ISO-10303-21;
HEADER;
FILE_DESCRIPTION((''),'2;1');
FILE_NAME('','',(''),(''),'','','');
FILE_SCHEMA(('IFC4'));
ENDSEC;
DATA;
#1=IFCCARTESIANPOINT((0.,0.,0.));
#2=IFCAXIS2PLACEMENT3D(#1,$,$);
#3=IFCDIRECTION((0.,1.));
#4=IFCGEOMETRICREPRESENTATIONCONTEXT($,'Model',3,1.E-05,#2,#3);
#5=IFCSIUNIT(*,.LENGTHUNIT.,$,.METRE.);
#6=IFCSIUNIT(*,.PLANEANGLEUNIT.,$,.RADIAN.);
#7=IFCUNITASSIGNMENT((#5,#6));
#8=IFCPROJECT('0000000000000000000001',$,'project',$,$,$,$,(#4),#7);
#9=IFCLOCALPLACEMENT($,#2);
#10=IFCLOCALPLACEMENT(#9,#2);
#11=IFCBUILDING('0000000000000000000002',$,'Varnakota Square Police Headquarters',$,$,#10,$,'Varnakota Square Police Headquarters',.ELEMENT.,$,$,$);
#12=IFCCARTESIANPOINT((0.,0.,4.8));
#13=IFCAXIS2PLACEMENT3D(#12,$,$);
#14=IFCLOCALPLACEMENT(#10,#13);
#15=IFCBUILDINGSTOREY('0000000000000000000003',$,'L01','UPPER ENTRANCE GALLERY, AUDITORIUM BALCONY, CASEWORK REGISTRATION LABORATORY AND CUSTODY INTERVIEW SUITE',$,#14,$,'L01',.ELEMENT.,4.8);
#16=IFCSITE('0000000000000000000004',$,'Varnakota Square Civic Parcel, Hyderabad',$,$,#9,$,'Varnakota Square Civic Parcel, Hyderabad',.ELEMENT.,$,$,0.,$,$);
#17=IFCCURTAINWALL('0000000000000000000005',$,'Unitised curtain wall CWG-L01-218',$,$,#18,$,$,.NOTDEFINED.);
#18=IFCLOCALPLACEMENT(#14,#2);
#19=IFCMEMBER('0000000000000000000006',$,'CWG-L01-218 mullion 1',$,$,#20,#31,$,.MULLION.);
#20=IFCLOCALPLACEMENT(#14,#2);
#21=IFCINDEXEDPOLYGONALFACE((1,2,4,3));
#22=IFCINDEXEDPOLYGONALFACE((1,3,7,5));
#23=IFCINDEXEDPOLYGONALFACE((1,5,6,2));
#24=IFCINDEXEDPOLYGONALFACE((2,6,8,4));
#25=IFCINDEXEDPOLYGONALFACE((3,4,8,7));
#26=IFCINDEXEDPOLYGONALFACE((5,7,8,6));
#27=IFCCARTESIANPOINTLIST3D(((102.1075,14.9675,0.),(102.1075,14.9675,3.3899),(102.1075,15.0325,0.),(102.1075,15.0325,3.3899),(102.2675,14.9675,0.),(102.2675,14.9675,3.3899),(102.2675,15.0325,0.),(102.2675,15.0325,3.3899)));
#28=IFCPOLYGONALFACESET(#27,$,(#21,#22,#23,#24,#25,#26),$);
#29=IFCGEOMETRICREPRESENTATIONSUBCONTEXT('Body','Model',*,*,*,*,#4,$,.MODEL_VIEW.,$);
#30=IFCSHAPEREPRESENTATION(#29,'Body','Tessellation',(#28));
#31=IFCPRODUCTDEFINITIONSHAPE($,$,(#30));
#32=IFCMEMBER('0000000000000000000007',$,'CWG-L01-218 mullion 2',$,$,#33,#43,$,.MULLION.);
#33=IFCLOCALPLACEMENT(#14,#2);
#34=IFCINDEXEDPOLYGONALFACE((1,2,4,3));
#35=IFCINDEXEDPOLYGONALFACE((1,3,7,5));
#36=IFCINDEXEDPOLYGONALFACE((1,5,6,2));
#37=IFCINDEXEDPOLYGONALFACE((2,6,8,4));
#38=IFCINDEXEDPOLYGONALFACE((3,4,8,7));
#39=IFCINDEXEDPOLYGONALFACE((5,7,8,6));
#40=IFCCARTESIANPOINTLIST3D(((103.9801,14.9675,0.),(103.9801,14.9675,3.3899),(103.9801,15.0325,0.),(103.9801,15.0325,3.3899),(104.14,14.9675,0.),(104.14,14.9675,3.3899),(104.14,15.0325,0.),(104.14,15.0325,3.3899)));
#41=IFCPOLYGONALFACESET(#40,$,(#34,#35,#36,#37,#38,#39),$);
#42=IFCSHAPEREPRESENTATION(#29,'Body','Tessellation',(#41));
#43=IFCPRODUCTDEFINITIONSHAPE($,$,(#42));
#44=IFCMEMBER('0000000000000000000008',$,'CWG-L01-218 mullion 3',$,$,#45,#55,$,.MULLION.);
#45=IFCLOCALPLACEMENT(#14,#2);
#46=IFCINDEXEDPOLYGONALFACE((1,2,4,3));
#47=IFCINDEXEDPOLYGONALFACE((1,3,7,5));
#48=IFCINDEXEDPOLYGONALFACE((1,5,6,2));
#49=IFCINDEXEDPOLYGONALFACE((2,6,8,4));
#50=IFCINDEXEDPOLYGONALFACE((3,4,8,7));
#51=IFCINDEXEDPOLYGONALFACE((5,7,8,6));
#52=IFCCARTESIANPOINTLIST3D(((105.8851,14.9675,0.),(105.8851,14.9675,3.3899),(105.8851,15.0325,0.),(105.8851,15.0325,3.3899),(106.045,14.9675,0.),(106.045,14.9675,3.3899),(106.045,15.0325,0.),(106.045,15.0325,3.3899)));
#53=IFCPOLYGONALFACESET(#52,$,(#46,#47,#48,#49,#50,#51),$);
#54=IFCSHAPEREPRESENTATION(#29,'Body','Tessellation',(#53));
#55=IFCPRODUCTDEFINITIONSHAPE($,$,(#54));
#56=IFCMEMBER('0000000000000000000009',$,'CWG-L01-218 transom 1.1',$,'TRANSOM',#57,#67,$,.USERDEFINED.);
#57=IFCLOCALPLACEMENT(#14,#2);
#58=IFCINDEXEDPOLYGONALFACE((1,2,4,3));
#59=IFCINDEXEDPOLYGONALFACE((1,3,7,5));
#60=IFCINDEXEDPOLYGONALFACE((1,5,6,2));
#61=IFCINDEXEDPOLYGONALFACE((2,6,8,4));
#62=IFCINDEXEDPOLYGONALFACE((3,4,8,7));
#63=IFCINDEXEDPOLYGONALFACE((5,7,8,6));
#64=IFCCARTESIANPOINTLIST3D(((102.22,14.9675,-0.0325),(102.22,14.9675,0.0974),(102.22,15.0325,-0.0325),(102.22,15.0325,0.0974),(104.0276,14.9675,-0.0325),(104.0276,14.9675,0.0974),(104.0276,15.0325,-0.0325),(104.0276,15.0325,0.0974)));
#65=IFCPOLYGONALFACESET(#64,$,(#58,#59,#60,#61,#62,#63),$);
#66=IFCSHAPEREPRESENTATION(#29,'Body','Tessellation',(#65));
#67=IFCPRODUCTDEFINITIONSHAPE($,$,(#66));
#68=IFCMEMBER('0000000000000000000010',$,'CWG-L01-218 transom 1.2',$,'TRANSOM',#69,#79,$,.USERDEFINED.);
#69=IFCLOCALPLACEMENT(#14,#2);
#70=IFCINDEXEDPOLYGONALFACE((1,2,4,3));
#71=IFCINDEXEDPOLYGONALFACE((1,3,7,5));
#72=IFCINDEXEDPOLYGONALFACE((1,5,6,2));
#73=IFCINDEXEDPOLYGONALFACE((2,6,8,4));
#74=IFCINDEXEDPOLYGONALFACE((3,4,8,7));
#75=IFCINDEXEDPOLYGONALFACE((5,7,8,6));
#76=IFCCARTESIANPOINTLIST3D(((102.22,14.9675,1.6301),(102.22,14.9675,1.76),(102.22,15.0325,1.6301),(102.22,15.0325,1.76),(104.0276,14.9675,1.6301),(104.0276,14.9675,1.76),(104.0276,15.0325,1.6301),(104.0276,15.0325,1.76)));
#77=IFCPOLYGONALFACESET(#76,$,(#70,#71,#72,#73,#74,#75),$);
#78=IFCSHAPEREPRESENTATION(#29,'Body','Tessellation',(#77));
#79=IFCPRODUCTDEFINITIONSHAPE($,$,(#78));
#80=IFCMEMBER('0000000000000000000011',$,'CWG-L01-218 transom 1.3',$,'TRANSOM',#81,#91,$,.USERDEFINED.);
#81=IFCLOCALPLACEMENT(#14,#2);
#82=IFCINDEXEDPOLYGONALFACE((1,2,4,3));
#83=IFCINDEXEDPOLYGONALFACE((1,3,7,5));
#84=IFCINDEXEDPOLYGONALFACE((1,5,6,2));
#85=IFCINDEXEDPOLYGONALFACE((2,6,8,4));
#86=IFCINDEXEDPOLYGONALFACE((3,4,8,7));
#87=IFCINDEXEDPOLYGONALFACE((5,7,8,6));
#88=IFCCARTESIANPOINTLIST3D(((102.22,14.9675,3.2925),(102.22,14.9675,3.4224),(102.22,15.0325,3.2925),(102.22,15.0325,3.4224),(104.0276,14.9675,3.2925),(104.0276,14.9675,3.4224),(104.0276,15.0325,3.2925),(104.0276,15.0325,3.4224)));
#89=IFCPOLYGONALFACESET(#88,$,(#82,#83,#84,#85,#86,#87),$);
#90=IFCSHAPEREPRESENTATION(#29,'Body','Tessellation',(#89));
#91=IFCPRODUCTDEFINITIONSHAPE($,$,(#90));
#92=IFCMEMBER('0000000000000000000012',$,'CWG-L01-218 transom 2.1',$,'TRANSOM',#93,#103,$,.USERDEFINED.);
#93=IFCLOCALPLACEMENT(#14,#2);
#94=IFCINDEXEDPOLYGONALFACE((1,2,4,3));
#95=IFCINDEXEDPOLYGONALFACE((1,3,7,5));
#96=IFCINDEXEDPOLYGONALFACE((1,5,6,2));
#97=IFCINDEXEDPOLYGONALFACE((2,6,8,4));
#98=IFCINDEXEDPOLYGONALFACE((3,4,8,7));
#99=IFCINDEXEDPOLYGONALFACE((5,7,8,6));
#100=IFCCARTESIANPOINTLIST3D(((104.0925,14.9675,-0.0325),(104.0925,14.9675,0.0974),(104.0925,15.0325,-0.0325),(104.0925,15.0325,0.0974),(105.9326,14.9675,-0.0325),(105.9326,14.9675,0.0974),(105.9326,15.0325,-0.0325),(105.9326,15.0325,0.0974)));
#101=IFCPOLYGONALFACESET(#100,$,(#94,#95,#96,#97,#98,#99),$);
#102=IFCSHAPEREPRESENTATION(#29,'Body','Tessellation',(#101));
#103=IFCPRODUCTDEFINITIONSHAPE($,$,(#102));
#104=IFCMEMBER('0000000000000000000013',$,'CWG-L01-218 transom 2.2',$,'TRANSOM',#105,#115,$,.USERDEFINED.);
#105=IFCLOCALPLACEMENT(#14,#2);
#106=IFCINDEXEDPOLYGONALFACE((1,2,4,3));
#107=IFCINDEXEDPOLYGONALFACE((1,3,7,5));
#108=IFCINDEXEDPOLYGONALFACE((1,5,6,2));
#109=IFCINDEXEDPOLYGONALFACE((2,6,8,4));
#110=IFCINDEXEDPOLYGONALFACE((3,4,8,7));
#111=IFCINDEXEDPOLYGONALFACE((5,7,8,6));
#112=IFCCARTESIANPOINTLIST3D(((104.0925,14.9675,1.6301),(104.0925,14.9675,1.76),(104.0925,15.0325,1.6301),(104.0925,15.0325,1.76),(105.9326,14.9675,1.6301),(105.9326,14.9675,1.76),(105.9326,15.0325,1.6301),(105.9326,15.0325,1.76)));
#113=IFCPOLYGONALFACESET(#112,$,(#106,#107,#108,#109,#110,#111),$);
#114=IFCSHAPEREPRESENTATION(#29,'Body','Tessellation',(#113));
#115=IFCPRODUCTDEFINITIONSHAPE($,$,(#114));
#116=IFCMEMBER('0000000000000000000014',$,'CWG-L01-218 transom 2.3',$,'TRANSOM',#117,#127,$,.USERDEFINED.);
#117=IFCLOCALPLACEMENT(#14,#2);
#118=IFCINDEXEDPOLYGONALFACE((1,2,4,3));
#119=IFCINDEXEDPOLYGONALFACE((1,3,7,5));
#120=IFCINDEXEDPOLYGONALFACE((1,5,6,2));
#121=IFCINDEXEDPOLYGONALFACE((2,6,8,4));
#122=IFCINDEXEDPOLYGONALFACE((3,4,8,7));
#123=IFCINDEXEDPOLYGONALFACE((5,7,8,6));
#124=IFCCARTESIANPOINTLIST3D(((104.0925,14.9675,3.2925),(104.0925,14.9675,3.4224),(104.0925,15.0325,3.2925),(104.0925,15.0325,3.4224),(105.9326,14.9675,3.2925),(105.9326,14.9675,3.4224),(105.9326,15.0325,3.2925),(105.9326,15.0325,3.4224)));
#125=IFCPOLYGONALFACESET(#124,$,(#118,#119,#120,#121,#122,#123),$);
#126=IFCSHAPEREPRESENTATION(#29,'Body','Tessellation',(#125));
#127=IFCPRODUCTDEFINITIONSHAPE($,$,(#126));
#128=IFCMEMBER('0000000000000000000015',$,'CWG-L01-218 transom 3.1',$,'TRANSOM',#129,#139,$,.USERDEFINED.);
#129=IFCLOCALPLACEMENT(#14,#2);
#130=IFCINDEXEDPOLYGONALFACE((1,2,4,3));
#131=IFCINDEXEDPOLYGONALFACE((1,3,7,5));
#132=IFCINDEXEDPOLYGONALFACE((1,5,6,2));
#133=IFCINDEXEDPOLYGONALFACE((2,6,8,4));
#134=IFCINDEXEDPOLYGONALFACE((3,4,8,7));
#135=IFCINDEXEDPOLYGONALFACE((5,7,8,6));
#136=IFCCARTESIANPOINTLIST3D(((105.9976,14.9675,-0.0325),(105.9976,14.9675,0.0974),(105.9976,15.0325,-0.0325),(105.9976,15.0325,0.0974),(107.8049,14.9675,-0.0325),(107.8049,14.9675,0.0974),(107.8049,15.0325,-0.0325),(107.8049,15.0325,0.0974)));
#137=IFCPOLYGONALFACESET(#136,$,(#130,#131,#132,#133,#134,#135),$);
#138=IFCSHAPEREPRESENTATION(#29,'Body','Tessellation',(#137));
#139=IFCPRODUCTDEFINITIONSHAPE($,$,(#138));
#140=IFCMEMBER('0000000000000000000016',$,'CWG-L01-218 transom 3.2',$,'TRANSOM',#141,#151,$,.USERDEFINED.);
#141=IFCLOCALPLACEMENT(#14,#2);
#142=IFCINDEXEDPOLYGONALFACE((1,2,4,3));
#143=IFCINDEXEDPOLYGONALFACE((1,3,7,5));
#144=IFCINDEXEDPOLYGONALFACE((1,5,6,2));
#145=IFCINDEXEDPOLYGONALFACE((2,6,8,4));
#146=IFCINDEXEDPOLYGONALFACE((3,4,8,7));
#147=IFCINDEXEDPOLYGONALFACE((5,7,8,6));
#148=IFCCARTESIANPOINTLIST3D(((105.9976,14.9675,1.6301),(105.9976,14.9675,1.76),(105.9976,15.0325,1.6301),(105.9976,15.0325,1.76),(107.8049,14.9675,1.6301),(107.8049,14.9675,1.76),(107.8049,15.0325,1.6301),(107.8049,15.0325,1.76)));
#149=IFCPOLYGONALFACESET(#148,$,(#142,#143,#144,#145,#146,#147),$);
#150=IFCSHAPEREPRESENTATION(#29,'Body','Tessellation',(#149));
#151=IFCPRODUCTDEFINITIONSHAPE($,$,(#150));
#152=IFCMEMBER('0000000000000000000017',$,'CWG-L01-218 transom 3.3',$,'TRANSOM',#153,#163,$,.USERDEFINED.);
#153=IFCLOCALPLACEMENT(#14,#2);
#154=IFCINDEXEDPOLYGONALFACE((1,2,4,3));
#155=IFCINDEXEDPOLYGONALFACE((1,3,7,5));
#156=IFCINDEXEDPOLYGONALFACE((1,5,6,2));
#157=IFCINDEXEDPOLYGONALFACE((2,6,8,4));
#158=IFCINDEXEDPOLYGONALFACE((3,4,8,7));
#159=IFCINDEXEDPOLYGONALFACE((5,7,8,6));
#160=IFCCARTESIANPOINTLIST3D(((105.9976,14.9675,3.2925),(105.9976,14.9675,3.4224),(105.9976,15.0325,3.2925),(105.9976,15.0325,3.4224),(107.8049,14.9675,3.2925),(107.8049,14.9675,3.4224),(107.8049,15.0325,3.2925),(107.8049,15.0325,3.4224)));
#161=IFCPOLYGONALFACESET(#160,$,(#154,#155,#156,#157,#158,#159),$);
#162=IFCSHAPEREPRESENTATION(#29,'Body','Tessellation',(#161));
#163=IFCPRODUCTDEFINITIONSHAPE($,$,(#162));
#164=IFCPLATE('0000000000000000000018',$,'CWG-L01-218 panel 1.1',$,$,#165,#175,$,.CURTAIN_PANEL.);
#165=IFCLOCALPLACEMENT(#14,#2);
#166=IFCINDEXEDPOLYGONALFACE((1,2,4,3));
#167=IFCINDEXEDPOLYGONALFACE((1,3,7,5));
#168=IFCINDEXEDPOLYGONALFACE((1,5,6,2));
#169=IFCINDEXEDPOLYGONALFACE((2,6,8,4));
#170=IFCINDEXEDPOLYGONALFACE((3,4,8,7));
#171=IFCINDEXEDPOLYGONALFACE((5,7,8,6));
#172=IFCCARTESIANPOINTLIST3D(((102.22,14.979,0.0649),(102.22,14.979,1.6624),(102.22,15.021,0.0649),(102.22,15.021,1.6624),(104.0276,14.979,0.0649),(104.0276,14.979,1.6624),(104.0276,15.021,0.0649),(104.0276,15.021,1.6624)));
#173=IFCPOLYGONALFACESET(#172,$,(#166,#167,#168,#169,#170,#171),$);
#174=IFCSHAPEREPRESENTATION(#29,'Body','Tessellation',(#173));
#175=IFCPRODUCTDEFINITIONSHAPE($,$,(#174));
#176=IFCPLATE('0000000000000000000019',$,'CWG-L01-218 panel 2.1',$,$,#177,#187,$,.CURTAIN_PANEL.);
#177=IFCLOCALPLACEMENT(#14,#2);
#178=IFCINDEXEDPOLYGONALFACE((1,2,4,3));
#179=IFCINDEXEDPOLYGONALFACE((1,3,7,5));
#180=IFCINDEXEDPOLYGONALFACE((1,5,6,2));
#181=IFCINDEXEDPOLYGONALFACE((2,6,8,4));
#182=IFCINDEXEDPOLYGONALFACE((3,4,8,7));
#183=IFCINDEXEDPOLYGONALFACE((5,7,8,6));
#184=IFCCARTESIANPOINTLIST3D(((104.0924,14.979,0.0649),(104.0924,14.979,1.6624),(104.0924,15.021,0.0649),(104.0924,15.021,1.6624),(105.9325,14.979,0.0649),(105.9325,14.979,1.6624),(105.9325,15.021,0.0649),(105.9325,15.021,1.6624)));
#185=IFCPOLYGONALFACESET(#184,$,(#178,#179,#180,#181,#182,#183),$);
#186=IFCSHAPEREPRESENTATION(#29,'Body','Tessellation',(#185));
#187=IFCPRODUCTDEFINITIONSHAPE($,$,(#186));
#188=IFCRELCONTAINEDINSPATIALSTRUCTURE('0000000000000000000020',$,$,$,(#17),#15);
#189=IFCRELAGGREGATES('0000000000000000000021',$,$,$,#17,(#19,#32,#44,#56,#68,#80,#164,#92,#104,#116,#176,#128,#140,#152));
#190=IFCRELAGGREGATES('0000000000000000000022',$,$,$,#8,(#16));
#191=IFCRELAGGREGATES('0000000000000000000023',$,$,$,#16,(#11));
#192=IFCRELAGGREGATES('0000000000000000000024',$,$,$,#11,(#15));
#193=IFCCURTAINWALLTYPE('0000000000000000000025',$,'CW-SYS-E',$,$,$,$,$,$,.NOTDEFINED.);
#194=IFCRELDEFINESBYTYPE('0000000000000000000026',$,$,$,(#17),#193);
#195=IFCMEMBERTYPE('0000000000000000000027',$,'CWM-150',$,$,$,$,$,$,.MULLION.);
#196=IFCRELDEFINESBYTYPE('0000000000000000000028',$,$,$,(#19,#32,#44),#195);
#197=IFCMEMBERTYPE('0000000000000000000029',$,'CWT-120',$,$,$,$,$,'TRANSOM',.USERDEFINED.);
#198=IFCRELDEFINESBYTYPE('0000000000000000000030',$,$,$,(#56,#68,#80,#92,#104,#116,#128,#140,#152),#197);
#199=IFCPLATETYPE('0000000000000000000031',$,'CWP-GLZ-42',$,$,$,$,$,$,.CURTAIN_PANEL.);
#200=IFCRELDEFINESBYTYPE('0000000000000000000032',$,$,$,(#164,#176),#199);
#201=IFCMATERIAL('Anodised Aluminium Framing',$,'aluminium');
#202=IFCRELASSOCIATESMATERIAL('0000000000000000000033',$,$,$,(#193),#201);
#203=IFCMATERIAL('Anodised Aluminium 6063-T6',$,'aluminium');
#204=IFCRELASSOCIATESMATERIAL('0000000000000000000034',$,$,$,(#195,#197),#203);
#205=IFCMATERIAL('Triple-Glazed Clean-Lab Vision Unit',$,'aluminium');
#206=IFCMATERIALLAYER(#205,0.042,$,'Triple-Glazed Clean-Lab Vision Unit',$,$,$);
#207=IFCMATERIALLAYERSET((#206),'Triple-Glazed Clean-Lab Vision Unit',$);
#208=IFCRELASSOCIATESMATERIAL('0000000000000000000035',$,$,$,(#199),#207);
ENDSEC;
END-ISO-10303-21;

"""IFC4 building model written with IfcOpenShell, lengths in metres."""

from ifc_helpers import new_model, si_unit, direction, frame, origin, origin_2d, place, context, subcontext, project, spatial, rectangle, extrude, material, layer, layer_set, material_profile, profile_set, type_object, element, aggregate, save


model = new_model("IFC4")

# Units and contexts
model_context = context("Model", 3, precision=1e-05, world=origin(), true_north=direction((0.0, 1.0)))
body_context = subcontext(model_context, "Body", "Model", "MODEL_VIEW")
ifc_project = project(units=[si_unit("LENGTHUNIT", "METRE"), si_unit("PLANEANGLEUNIT", "RADIAN")], contexts=[model_context])

# Site, building, storey
site_placement = place(None, origin())
site = spatial("IfcSite", under=ifc_project, at=site_placement, Name="Varnakota Square Civic Parcel, Hyderabad", LongName="Varnakota Square Civic Parcel, Hyderabad", CompositionType="ELEMENT", RefElevation=0.0)
building_placement = place(site_placement, origin())
building = spatial("IfcBuilding", under=site, at=building_placement, Name="Varnakota Square Police Headquarters", LongName="Varnakota Square Police Headquarters", CompositionType="ELEMENT")
storey_placement = place(building_placement, frame((0.0, 0.0, 4.8)))
storey = spatial("IfcBuildingStorey", under=building, at=storey_placement, Name="L01", Description="UPPER ENTRANCE GALLERY, AUDITORIUM BALCONY, CASEWORK REGISTRATION LABORATORY AND CUSTODY INTERVIEW SUITE", LongName="L01", CompositionType="ELEMENT", Elevation=4.8)

# Shared definitions
ifc_material_1 = material(Name="Anodised Aluminium Framing", Category="aluminium")
curtain_wall_type = type_object("IfcCurtainWallType", Name="CW-SYS-E", PredefinedType="NOTDEFINED", material=ifc_material_1)
ifc_material_2 = material(Name="Anodised Aluminium 6063-T6", Category="aluminium")
ifc_material_profile_1 = material_profile(ifc_material_2, rectangle(XDim=0.0649, YDim=0.1599, at=origin_2d()), Name="ALU MULLION 65x160")
ifc_profile_set_1 = profile_set([ifc_material_profile_1], Name="Anodised Aluminium 6063-T6")
member_type_1 = type_object("IfcMemberType", Name="CWM-150", PredefinedType="MULLION", material=ifc_profile_set_1)

# Curtain wall, members, plates
curtain_wall_1_placement = place(storey_placement, origin())
curtain_wall_1 = element("IfcCurtainWall", 1, at=curtain_wall_1_placement, inside=storey, type_object=curtain_wall_type, Name="Unitised curtain wall CWG-L01-218", PredefinedType="NOTDEFINED")
member_1_placement = place(storey_placement, frame((102.1875, 15.0, 0.0), z_axis=(0.0, 0.0, 1.0), x_axis=(0.0, 1.0, 0.0)))
member_1 = element("IfcMember", 2, at=member_1_placement, type_object=member_type_1, Name="CWG-L01-218 mullion 1", PredefinedType="MULLION", context=body_context, shape_type="SweptSolid", body=[
    extrude(rectangle(XDim=0.0649, YDim=0.1599, at=origin_2d()), origin(), (0.0, 0.0, 1.0), 3.3899),
])
member_2_placement = place(storey_placement, frame((104.0601, 15.0, 0.0), z_axis=(0.0, 0.0, 1.0), x_axis=(0.0, 1.0, 0.0)))
member_2 = element("IfcMember", 3, at=member_2_placement, type_object=member_type_1, Name="CWG-L01-218 mullion 2", PredefinedType="MULLION", context=body_context, shape_type="SweptSolid", body=[
    extrude(rectangle(XDim=0.0649, YDim=0.1599, at=origin_2d()), origin(), (0.0, 0.0, 1.0), 3.3899),
])
member_3_placement = place(storey_placement, frame((105.9651, 15.0, 0.0), z_axis=(0.0, 0.0, 1.0), x_axis=(0.0, 1.0, 0.0)))
member_3 = element("IfcMember", 4, at=member_3_placement, type_object=member_type_1, Name="CWG-L01-218 mullion 3", PredefinedType="MULLION", context=body_context, shape_type="SweptSolid", body=[
    extrude(rectangle(XDim=0.0649, YDim=0.1599, at=origin_2d()), origin(), (0.0, 0.0, 1.0), 3.3899),
])
ifc_material_profile_2 = material_profile(ifc_material_2, rectangle(XDim=0.0649, YDim=0.1299, at=origin_2d()), Name="ALU TRANSOM 65x130")
ifc_profile_set_2 = profile_set([ifc_material_profile_2], Name="Anodised Aluminium 6063-T6")
member_type_2 = type_object("IfcMemberType", Name="CWT-120", ElementType="TRANSOM", PredefinedType="USERDEFINED", material=ifc_profile_set_2)
member_4_placement = place(storey_placement, frame((102.22, 15.0, 0.0325), z_axis=(1.0, 0.0, 0.0), x_axis=(0.0, 1.0, 0.0)))
member_4 = element("IfcMember", 5, at=member_4_placement, type_object=member_type_2, Name="CWG-L01-218 transom 1.1", ObjectType="TRANSOM", PredefinedType="USERDEFINED", context=body_context, shape_type="SweptSolid", body=[
    extrude(rectangle(XDim=0.0649, YDim=0.1299, at=origin_2d()), origin(), (0.0, 0.0, 1.0), 1.8076),
])
member_5_placement = place(storey_placement, frame((102.22, 15.0, 1.6951), z_axis=(1.0, 0.0, 0.0), x_axis=(0.0, 1.0, 0.0)))
member_5 = element("IfcMember", 6, at=member_5_placement, type_object=member_type_2, Name="CWG-L01-218 transom 1.2", ObjectType="TRANSOM", PredefinedType="USERDEFINED", context=body_context, shape_type="SweptSolid", body=[
    extrude(rectangle(XDim=0.0649, YDim=0.1299, at=origin_2d()), origin(), (0.0, 0.0, 1.0), 1.8076),
])
member_6_placement = place(storey_placement, frame((102.22, 15.0, 3.3574), z_axis=(1.0, 0.0, 0.0), x_axis=(0.0, 1.0, 0.0)))
member_6 = element("IfcMember", 7, at=member_6_placement, type_object=member_type_2, Name="CWG-L01-218 transom 1.3", ObjectType="TRANSOM", PredefinedType="USERDEFINED", context=body_context, shape_type="SweptSolid", body=[
    extrude(rectangle(XDim=0.0649, YDim=0.1299, at=origin_2d()), origin(), (0.0, 0.0, 1.0), 1.8076),
])
member_7_placement = place(storey_placement, frame((104.0925, 15.0, 0.0325), z_axis=(1.0, 0.0, 0.0), x_axis=(0.0, 1.0, 0.0)))
member_7 = element("IfcMember", 8, at=member_7_placement, type_object=member_type_2, Name="CWG-L01-218 transom 2.1", ObjectType="TRANSOM", PredefinedType="USERDEFINED", context=body_context, shape_type="SweptSolid", body=[
    extrude(rectangle(XDim=0.0649, YDim=0.1299, at=origin_2d()), origin(), (0.0, 0.0, 1.0), 1.8401),
])
member_8_placement = place(storey_placement, frame((104.0925, 15.0, 1.6951), z_axis=(1.0, 0.0, 0.0), x_axis=(0.0, 1.0, 0.0)))
member_8 = element("IfcMember", 9, at=member_8_placement, type_object=member_type_2, Name="CWG-L01-218 transom 2.2", ObjectType="TRANSOM", PredefinedType="USERDEFINED", context=body_context, shape_type="SweptSolid", body=[
    extrude(rectangle(XDim=0.0649, YDim=0.1299, at=origin_2d()), origin(), (0.0, 0.0, 1.0), 1.8401),
])
member_9_placement = place(storey_placement, frame((104.0925, 15.0, 3.3574), z_axis=(1.0, 0.0, 0.0), x_axis=(0.0, 1.0, 0.0)))
member_9 = element("IfcMember", 10, at=member_9_placement, type_object=member_type_2, Name="CWG-L01-218 transom 2.3", ObjectType="TRANSOM", PredefinedType="USERDEFINED", context=body_context, shape_type="SweptSolid", body=[
    extrude(rectangle(XDim=0.0649, YDim=0.1299, at=origin_2d()), origin(), (0.0, 0.0, 1.0), 1.8401),
])
member_10_placement = place(storey_placement, frame((105.9976, 15.0, 0.0325), z_axis=(1.0, 0.0, 0.0), x_axis=(0.0, 1.0, 0.0)))
member_10 = element("IfcMember", 11, at=member_10_placement, type_object=member_type_2, Name="CWG-L01-218 transom 3.1", ObjectType="TRANSOM", PredefinedType="USERDEFINED", context=body_context, shape_type="SweptSolid", body=[
    extrude(rectangle(XDim=0.0649, YDim=0.1299, at=origin_2d()), origin(), (0.0, 0.0, 1.0), 1.8074),
])
member_11_placement = place(storey_placement, frame((105.9976, 15.0, 1.6951), z_axis=(1.0, 0.0, 0.0), x_axis=(0.0, 1.0, 0.0)))
member_11 = element("IfcMember", 12, at=member_11_placement, type_object=member_type_2, Name="CWG-L01-218 transom 3.2", ObjectType="TRANSOM", PredefinedType="USERDEFINED", context=body_context, shape_type="SweptSolid", body=[
    extrude(rectangle(XDim=0.0649, YDim=0.1299, at=origin_2d()), origin(), (0.0, 0.0, 1.0), 1.8074),
])
member_12_placement = place(storey_placement, frame((105.9976, 15.0, 3.3574), z_axis=(1.0, 0.0, 0.0), x_axis=(0.0, 1.0, 0.0)))
member_12 = element("IfcMember", 13, at=member_12_placement, type_object=member_type_2, Name="CWG-L01-218 transom 3.3", ObjectType="TRANSOM", PredefinedType="USERDEFINED", context=body_context, shape_type="SweptSolid", body=[
    extrude(rectangle(XDim=0.0649, YDim=0.1299, at=origin_2d()), origin(), (0.0, 0.0, 1.0), 1.8074),
])
ifc_material_3 = material(Name="Triple-Glazed Clean-Lab Vision Unit", Category="aluminium")
ifc_layer_1 = layer(ifc_material_3, 0.042, Name="Triple-Glazed Clean-Lab Vision Unit")
ifc_layer_set_1 = layer_set([ifc_layer_1], Name="Triple-Glazed Clean-Lab Vision Unit")
plate_type_1 = type_object("IfcPlateType", Name="CWP-GLZ-42", PredefinedType="CURTAIN_PANEL", material=ifc_layer_set_1)
plate_1_placement = place(storey_placement, frame((103.1238, 15.0, 0.0649), z_axis=(0.0, 0.0, 1.0), x_axis=(1.0, 0.0, 0.0)))
plate_1 = element("IfcPlate", 14, at=plate_1_placement, type_object=plate_type_1, Name="CWG-L01-218 panel 1.1", PredefinedType="CURTAIN_PANEL", context=body_context, shape_type="SweptSolid", body=[
    extrude(rectangle(XDim=1.8076, YDim=0.042, at=origin_2d()), origin(), (0.0, 0.0, 1.0), 1.5974),
])
plate_2_placement = place(storey_placement, frame((105.0125, 15.0, 0.0649), z_axis=(0.0, 0.0, 1.0), x_axis=(1.0, 0.0, 0.0)))
plate_2 = element("IfcPlate", 15, at=plate_2_placement, type_object=plate_type_1, Name="CWG-L01-218 panel 2.1", PredefinedType="CURTAIN_PANEL", context=body_context, shape_type="SweptSolid", body=[
    extrude(rectangle(XDim=1.8401, YDim=0.042, at=origin_2d()), origin(), (0.0, 0.0, 1.0), 1.5974),
])

aggregate(curtain_wall_1, [member_1, member_2, member_3, member_4, member_5, member_6, plate_1, member_7, member_8, member_9, plate_2, member_10, member_11, member_12])

save(model, "model.ifc")
